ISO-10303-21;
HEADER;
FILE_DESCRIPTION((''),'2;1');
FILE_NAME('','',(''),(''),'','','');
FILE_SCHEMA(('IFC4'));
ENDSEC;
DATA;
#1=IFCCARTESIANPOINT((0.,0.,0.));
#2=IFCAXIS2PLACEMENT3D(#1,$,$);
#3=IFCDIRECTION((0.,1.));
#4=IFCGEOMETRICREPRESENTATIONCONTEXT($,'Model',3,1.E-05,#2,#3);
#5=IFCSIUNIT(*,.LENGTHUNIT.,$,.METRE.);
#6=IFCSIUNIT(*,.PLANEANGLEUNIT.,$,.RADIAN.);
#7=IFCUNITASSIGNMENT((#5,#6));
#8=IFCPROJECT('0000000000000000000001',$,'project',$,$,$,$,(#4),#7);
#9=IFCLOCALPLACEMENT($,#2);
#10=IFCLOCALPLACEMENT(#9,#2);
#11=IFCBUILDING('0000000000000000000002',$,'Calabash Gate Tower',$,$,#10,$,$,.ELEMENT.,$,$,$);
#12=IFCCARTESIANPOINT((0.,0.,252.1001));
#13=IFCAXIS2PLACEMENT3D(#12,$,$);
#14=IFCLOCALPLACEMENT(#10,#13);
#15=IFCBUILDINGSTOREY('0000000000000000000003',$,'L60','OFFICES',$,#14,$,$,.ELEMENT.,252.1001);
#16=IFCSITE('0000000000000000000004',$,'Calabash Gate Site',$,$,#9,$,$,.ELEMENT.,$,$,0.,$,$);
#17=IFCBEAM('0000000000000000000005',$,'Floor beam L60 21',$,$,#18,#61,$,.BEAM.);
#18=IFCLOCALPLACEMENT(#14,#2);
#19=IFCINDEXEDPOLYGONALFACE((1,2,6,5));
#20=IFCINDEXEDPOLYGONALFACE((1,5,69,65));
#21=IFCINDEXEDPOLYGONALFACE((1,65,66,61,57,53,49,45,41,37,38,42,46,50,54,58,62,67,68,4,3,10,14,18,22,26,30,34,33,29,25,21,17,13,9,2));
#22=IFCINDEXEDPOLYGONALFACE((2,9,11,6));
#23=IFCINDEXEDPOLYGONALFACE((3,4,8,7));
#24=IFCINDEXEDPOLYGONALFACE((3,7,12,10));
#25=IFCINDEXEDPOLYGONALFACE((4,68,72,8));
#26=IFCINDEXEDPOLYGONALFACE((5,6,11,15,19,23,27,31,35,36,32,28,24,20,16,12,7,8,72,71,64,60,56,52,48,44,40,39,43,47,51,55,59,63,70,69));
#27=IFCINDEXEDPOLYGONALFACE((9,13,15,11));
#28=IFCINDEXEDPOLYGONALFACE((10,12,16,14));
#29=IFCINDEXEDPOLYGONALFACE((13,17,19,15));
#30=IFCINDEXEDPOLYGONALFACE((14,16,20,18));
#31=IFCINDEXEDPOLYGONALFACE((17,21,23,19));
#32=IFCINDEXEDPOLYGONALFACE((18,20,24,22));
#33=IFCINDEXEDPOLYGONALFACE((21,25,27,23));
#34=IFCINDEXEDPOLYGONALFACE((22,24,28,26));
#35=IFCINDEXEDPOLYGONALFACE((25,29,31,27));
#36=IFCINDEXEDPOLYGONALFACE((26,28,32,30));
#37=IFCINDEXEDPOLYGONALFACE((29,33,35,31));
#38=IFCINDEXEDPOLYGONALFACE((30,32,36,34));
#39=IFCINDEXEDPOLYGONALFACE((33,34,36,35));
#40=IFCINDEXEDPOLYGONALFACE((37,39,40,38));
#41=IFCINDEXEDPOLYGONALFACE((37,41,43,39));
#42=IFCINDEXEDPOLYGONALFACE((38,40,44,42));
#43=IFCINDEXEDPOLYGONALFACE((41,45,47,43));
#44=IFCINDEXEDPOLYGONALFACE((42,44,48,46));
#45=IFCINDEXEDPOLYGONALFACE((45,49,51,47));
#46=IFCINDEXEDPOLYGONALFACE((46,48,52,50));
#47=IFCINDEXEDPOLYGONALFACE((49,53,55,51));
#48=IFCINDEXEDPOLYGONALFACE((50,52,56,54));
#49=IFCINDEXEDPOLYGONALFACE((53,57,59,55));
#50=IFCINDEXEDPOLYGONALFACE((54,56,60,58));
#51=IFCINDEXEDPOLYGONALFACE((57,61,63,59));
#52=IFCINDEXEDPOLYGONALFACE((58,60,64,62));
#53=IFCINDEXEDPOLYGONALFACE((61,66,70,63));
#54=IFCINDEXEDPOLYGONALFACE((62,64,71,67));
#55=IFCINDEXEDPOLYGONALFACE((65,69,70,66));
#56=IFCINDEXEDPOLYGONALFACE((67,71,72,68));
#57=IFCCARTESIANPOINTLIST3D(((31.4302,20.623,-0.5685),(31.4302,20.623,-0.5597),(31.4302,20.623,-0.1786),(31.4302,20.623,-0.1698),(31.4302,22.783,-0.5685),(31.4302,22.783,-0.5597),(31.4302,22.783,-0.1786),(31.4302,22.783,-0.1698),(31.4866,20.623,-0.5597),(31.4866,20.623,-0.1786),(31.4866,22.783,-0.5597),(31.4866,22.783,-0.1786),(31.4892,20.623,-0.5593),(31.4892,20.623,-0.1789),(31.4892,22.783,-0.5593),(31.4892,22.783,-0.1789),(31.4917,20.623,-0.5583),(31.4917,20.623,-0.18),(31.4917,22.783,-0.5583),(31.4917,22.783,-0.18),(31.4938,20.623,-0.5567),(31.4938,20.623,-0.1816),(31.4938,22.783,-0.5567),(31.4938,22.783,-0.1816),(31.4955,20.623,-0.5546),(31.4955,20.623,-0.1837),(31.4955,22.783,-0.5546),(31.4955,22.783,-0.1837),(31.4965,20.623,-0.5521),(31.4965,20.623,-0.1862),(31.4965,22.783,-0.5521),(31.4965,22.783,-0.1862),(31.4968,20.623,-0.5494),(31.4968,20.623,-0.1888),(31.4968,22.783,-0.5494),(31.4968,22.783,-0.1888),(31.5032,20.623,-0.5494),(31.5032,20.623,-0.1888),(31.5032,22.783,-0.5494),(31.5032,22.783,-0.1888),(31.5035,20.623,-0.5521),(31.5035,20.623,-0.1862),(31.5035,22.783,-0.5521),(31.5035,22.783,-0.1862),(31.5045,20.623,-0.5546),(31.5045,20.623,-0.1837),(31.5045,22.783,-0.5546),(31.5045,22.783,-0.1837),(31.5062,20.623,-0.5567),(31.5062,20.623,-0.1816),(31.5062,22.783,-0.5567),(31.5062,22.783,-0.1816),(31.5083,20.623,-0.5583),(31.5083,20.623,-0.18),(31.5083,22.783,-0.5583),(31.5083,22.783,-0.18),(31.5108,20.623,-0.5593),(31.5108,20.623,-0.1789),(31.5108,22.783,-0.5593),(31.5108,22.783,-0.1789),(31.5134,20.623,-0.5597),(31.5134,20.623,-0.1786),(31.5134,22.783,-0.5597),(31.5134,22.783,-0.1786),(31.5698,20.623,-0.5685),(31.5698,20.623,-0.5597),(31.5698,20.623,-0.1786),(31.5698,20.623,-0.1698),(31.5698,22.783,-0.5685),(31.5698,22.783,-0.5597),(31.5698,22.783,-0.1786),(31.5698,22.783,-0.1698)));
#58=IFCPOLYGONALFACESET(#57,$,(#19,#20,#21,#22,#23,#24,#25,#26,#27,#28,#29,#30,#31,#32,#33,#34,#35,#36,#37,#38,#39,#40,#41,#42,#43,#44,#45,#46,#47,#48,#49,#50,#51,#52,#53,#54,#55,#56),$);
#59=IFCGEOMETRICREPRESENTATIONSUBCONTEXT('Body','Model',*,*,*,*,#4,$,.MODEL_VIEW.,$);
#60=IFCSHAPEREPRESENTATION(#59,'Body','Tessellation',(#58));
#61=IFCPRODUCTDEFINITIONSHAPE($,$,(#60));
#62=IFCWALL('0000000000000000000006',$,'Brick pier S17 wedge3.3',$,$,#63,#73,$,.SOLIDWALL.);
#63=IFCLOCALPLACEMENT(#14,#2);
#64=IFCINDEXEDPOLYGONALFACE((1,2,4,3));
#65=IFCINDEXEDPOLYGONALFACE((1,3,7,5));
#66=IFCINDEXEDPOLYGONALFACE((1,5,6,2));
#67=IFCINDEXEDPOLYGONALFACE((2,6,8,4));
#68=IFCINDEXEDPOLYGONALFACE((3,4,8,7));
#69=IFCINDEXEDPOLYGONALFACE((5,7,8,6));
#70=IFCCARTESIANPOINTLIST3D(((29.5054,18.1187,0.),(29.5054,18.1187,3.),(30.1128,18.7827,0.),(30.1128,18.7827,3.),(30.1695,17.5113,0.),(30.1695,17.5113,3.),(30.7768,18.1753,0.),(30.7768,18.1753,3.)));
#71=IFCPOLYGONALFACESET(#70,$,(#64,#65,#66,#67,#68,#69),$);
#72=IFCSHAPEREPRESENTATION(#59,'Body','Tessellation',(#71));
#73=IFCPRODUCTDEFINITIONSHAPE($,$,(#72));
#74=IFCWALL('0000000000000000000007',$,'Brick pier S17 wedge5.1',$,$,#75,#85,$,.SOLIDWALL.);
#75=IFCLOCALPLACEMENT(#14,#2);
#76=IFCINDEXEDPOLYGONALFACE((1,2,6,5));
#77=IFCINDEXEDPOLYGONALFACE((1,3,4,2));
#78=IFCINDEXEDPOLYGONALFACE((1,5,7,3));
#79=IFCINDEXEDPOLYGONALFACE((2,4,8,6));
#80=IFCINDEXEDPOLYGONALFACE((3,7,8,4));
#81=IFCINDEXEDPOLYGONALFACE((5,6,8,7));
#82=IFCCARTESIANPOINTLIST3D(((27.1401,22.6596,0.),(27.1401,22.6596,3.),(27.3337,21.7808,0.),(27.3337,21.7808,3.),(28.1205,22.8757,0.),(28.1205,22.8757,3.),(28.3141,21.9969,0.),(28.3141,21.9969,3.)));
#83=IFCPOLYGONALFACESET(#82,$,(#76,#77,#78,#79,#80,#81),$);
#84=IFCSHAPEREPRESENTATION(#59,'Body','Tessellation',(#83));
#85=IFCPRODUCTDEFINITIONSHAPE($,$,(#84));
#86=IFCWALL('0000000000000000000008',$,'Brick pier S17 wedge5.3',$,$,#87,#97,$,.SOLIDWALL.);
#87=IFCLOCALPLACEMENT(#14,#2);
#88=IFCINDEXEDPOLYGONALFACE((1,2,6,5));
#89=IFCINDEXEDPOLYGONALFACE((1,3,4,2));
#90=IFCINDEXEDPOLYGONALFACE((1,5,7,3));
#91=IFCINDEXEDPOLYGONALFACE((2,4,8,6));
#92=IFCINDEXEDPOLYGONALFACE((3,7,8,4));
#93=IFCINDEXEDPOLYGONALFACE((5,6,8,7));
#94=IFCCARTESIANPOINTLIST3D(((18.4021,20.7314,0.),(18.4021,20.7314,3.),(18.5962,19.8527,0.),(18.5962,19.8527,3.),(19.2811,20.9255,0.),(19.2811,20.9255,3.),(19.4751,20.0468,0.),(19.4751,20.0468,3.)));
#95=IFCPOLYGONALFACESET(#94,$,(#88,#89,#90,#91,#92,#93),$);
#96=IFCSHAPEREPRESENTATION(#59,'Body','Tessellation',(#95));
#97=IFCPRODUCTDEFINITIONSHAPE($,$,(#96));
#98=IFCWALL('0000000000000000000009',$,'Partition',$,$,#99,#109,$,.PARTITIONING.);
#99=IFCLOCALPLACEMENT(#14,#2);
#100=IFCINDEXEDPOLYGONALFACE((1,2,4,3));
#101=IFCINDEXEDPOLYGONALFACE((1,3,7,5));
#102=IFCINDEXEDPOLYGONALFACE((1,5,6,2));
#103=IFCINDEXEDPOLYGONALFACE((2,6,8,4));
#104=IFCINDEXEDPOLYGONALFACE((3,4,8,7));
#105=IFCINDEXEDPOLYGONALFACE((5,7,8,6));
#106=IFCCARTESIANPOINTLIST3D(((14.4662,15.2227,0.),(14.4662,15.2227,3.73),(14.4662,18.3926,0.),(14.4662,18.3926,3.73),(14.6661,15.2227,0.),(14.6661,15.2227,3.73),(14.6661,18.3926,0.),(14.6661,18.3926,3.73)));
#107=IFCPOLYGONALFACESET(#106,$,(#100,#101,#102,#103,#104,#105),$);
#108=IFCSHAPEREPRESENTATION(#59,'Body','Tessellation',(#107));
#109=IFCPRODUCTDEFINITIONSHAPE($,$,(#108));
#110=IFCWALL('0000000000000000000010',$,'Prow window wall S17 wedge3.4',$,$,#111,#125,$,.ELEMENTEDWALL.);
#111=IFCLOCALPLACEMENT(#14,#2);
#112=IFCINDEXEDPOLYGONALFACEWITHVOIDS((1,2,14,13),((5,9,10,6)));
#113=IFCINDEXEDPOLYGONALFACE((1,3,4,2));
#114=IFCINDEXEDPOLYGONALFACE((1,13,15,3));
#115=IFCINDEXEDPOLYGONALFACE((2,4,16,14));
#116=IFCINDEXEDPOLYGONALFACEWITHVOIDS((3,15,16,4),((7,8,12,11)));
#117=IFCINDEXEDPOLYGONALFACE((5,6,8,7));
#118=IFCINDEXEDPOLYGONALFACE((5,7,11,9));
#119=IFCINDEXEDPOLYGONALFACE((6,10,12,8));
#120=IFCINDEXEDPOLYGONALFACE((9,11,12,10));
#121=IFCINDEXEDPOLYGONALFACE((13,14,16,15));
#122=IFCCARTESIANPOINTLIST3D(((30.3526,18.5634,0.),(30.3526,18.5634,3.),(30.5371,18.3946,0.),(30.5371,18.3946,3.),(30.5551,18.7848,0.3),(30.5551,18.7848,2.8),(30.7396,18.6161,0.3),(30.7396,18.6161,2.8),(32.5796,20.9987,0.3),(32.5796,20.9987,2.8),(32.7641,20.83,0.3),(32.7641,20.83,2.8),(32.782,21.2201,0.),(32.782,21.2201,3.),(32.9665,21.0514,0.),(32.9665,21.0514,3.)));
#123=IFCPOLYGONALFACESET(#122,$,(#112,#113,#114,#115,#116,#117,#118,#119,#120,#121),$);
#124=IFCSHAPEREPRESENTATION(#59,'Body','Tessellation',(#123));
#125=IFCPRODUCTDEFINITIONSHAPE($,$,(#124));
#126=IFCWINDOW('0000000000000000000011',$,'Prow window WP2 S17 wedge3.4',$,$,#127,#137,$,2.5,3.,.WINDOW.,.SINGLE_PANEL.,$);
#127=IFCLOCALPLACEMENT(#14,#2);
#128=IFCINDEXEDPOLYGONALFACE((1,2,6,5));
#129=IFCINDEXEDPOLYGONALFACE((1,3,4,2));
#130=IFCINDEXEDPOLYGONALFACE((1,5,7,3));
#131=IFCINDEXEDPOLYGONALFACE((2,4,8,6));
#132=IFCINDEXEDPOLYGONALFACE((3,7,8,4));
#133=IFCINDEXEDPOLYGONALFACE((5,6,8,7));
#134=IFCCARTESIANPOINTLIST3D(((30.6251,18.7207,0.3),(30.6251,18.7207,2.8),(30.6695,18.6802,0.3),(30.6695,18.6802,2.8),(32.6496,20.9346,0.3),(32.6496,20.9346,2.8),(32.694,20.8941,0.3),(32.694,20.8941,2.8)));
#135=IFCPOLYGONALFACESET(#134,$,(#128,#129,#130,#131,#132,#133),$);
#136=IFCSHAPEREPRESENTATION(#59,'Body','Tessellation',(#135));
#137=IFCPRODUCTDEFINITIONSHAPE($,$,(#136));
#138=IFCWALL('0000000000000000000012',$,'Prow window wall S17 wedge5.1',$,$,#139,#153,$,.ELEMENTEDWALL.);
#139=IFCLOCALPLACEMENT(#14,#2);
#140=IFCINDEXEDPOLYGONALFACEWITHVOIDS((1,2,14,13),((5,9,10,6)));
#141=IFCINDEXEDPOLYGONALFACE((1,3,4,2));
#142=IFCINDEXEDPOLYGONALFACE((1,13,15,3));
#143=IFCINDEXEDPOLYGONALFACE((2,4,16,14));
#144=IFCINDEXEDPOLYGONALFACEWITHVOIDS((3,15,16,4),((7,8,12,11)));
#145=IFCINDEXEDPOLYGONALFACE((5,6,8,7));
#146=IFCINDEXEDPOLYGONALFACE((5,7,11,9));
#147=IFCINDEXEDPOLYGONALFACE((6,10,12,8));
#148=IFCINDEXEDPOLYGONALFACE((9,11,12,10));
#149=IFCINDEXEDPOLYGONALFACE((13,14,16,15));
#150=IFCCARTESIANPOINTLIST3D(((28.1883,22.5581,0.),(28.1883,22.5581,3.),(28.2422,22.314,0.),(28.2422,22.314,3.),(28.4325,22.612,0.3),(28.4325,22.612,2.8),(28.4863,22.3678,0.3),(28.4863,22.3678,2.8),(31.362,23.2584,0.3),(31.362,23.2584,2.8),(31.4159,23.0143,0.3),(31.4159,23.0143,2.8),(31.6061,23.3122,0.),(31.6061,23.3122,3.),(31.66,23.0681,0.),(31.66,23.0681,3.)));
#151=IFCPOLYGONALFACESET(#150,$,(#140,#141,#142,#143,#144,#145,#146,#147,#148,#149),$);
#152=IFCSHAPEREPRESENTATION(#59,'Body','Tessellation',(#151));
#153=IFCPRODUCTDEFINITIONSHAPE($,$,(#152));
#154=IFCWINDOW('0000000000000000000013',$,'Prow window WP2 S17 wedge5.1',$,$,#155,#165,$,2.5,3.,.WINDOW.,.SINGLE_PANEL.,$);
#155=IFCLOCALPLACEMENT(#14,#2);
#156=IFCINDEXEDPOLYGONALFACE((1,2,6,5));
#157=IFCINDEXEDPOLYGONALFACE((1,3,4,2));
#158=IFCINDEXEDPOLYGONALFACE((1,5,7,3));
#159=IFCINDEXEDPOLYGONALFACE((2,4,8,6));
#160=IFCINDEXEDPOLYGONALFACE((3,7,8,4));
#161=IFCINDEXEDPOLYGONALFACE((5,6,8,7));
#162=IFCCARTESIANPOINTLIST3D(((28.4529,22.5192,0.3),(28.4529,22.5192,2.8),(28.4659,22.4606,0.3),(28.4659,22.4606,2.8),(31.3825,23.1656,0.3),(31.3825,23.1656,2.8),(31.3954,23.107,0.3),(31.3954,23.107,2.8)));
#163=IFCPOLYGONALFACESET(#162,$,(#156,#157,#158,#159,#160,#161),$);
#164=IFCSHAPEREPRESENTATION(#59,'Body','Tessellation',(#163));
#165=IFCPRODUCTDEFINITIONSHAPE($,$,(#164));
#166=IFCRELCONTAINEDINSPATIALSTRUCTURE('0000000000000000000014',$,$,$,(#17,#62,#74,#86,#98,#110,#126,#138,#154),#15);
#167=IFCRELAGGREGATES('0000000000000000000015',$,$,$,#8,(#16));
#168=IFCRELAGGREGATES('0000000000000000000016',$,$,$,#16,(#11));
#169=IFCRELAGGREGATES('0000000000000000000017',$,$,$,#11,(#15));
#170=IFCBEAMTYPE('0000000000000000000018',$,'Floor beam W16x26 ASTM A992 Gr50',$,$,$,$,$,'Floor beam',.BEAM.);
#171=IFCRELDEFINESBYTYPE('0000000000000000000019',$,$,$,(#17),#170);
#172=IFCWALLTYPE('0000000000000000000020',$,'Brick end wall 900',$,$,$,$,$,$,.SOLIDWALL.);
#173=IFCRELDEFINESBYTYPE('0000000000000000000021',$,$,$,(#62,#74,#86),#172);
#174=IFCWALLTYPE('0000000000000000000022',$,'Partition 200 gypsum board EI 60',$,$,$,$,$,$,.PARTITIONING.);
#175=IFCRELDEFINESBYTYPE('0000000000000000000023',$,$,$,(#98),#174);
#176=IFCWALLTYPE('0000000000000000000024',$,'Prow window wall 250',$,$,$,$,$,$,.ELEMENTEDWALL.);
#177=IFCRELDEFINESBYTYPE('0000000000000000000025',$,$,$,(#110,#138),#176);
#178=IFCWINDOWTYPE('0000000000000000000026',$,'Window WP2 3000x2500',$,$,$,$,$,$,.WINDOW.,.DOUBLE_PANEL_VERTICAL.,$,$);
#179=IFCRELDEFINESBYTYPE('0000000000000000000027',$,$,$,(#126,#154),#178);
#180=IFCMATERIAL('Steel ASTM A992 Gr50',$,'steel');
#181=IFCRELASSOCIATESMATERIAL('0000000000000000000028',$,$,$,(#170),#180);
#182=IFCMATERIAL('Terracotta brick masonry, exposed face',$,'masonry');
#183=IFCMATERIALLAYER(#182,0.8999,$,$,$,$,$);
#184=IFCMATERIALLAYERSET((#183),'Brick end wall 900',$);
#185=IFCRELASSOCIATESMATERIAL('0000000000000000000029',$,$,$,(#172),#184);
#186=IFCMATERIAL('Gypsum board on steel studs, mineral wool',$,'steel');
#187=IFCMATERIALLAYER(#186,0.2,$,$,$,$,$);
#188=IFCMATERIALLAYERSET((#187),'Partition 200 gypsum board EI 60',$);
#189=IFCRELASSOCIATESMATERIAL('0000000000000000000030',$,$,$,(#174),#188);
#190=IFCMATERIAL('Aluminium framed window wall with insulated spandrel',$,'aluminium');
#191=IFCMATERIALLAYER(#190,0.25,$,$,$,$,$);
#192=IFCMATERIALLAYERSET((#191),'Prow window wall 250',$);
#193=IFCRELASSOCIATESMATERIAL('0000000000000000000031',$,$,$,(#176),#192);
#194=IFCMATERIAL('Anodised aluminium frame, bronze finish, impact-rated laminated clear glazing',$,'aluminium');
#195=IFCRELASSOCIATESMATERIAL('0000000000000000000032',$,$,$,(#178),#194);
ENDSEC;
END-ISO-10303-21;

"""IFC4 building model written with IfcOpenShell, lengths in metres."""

from ifc_helpers import new_model, si_unit, direction, frame, frame_2d, origin, origin_2d, place, context, subcontext, project, spatial, rectangle, i_section, extrude, material, layer, layer_set, material_profile, profile_set, type_object, element, fill, save


model = new_model("IFC4")

# Units and contexts
model_context = context("Model", 3, precision=1e-05, world=origin(), true_north=direction((0.0, 1.0)))
body_context = subcontext(model_context, "Body", "Model", "MODEL_VIEW")
ifc_project = project(units=[si_unit("LENGTHUNIT", "METRE"), si_unit("PLANEANGLEUNIT", "RADIAN")], contexts=[model_context])

# Site, building, storey
site_placement = place(None, origin())
site = spatial("IfcSite", under=ifc_project, at=site_placement, Name="Calabash Gate Site", CompositionType="ELEMENT", RefElevation=0.0)
building_placement = place(site_placement, origin())
building = spatial("IfcBuilding", under=site, at=building_placement, Name="Calabash Gate Tower", CompositionType="ELEMENT")
storey_placement = place(building_placement, frame((0.0, 0.0, 252.1001)))
storey = spatial("IfcBuildingStorey", under=building, at=storey_placement, Name="L60", Description="OFFICES", CompositionType="ELEMENT", Elevation=252.1001)

# Beam
ifc_material_1 = material(Name="Steel ASTM A992 Gr50", Category="steel")
ifc_material_profile_1 = material_profile(ifc_material_1, i_section(OverallWidth=0.1396, OverallDepth=0.3987, WebThickness=0.0063, FlangeThickness=0.0088, FilletRadius=0.0103, at=origin_2d()))
ifc_profile_set_1 = profile_set([ifc_material_profile_1], Name="Steel ASTM A992 Gr50")
beam_type_1 = type_object("IfcBeamType", Name="Floor beam W16x26 ASTM A992 Gr50", ElementType="Floor beam", PredefinedType="BEAM", material=ifc_profile_set_1)
beam_1_placement = place(storey_placement, frame((31.5, 20.623, -0.3691), z_axis=(0.0, 1.0, 0.0), x_axis=(-1.0, 0.0, 0.0)))
element("IfcBeam", 1, at=beam_1_placement, inside=storey, type_object=beam_type_1, Name="Floor beam L60 21", PredefinedType="BEAM", context=body_context, shape_type="SweptSolid", body=[
    extrude(i_section(OverallWidth=0.1396, OverallDepth=0.3987, WebThickness=0.0063, FlangeThickness=0.0088, FilletRadius=0.0103, at=origin_2d()), origin(), (0.0, 0.0, 1.0), 2.1599),
])

# Walls
ifc_material_2 = material(Name="Terracotta brick masonry, exposed face", Category="masonry")
ifc_layer_1 = layer(ifc_material_2, 0.8999)
ifc_layer_set_1 = layer_set([ifc_layer_1], Name="Brick end wall 900")
wall_type_1 = type_object("IfcWallType", Name="Brick end wall 900", PredefinedType="SOLIDWALL", material=ifc_layer_set_1)
wall_1_placement = place(storey_placement, frame((30.4448, 18.479, 0.0), z_axis=(0.0, 0.0, 1.0), x_axis=(-0.674938, -0.737874, 0.0)))
element("IfcWall", 2, at=wall_1_placement, inside=storey, type_object=wall_type_1, Name="Brick pier S17 wedge3.3", PredefinedType="SOLIDWALL", context=body_context, shape_type="SweptSolid", body=[
    extrude(rectangle(XDim=0.8999, YDim=0.8999, at=frame_2d((0.45, 0.0))), origin(), (0.0, 0.0, 1.0), 3.0),
])
wall_2_placement = place(storey_placement, frame((28.2173, 22.4363, 0.0), z_axis=(0.0, 0.0, 1.0), x_axis=(-0.976569, -0.215205, 0.0)))
element("IfcWall", 3, at=wall_2_placement, inside=storey, type_object=wall_type_1, Name="Brick pier S17 wedge5.1", PredefinedType="SOLIDWALL", context=body_context, shape_type="SweptSolid", body=[
    extrude(rectangle(XDim=1.0039, YDim=0.8999, at=frame_2d((0.502, 0.0))), origin(), (0.0, 0.0, 1.0), 3.0),
])
wall_3_placement = place(storey_placement, frame((18.499, 20.292, 0.0), z_axis=(0.0, 0.0, 1.0), x_axis=(0.976473, 0.215638, 0.0)))
element("IfcWall", 4, at=wall_3_placement, inside=storey, type_object=wall_type_1, Name="Brick pier S17 wedge5.3", PredefinedType="SOLIDWALL", context=body_context, shape_type="SweptSolid", body=[
    extrude(rectangle(XDim=0.9001, YDim=0.8999, at=frame_2d((0.4502, 0.0))), origin(), (0.0, 0.0, 1.0), 3.0),
])
ifc_material_3 = material(Name="Gypsum board on steel studs, mineral wool", Category="steel")
ifc_layer_2 = layer(ifc_material_3, 0.2)
ifc_layer_set_2 = layer_set([ifc_layer_2], Name="Partition 200 gypsum board EI 60")
wall_type_2 = type_object("IfcWallType", Name="Partition 200 gypsum board EI 60", PredefinedType="PARTITIONING", material=ifc_layer_set_2)
wall_4_placement = place(storey_placement, frame((14.5662, 18.3926, 0.0), z_axis=(0.0, 0.0, 1.0), x_axis=(0.0, -1.0, 0.0)))
element("IfcWall", 5, at=wall_4_placement, inside=storey, type_object=wall_type_2, Name="Partition", PredefinedType="PARTITIONING", context=body_context, shape_type="SweptSolid", body=[
    extrude(rectangle(XDim=3.1699, YDim=0.2, at=frame_2d((1.585, 0.0))), origin(), (0.0, 0.0, 1.0), 3.73),
])

# Walls, openings, windows
ifc_material_4 = material(Name="Aluminium framed window wall with insulated spandrel", Category="aluminium")
ifc_layer_3 = layer(ifc_material_4, 0.25)
ifc_layer_set_3 = layer_set([ifc_layer_3], Name="Prow window wall 250")
wall_type_3 = type_object("IfcWallType", Name="Prow window wall 250", PredefinedType="ELEMENTEDWALL", material=ifc_layer_set_3)
wall_5_placement = place(storey_placement, frame((30.4448, 18.479, 0.0), z_axis=(0.0, 0.0, 1.0), x_axis=(0.674834, 0.73797, 0.0)))
wall_5 = element("IfcWall", 6, at=wall_5_placement, inside=storey, type_object=wall_type_3, Name="Prow window wall S17 wedge3.4", PredefinedType="ELEMENTEDWALL", context=body_context, shape_type="SweptSolid", body=[
    extrude(rectangle(XDim=3.6001, YDim=0.25, at=frame_2d((1.8, 0.0))), origin(), (0.0, 0.0, 1.0), 3.0),
])
opening_1_placement = place(wall_5_placement, frame((0.3, 0.0, 0.3)))
opening_1 = element("IfcOpeningElement", 7, at=opening_1_placement, cuts=wall_5, PredefinedType="OPENING", context=body_context, shape_type="SweptSolid", body=[
    extrude(rectangle(XDim=3.0, YDim=2.5, at=frame_2d((1.5, 1.25))), frame((0.0, 0.135, 0.0), z_axis=(0.0, -1.0, 0.0), x_axis=(1.0, 0.0, 0.0)), (0.0, 0.0, 1.0), 0.27),
])
ifc_material_5 = material(Name="Anodised aluminium frame, bronze finish, impact-rated laminated clear glazing", Category="aluminium")
window_type = type_object("IfcWindowType", Name="Window WP2 3000x2500", PartitioningType="DOUBLE_PANEL_VERTICAL", PredefinedType="WINDOW", material=ifc_material_5)
window_1_placement = place(opening_1_placement, origin())
window_1 = element("IfcWindow", 8, at=window_1_placement, inside=storey, type_object=window_type, Name="Prow window WP2 S17 wedge3.4", OverallHeight=2.5, OverallWidth=3.0, PartitioningType="SINGLE_PANEL", PredefinedType="WINDOW", context=body_context, shape_type="SweptSolid", body=[
    extrude(rectangle(XDim=3.0, YDim=2.5, at=frame_2d((1.5, 1.25))), frame((0.0, 0.03, 0.0), z_axis=(0.0, -1.0, 0.0), x_axis=(1.0, 0.0, 0.0)), (0.0, 0.0, 1.0), 0.0601),
])
fill(opening_1, window_1)
wall_6_placement = place(storey_placement, frame((31.6331, 23.1902, 0.0), z_axis=(0.0, 0.0, 1.0), x_axis=(-0.976509, -0.215475, 0.0)))
wall_6 = element("IfcWall", 9, at=wall_6_placement, inside=storey, type_object=wall_type_3, Name="Prow window wall S17 wedge5.1", PredefinedType="ELEMENTEDWALL", context=body_context, shape_type="SweptSolid", body=[
    extrude(rectangle(XDim=3.5, YDim=0.25, at=frame_2d((1.75, 0.0))), origin(), (0.0, 0.0, 1.0), 3.0),
])
opening_2_placement = place(wall_6_placement, frame((0.25, 0.0, 0.3)))
opening_2 = element("IfcOpeningElement", 10, at=opening_2_placement, cuts=wall_6, PredefinedType="OPENING", context=body_context, shape_type="SweptSolid", body=[
    extrude(rectangle(XDim=3.0, YDim=2.5, at=frame_2d((1.5, 1.25))), frame((0.0, 0.135, 0.0), z_axis=(0.0, -1.0, 0.0), x_axis=(1.0, 0.0, 0.0)), (0.0, 0.0, 1.0), 0.27),
])
window_2_placement = place(opening_2_placement, origin())
window_2 = element("IfcWindow", 11, at=window_2_placement, inside=storey, type_object=window_type, Name="Prow window WP2 S17 wedge5.1", OverallHeight=2.5, OverallWidth=3.0, PartitioningType="SINGLE_PANEL", PredefinedType="WINDOW", context=body_context, shape_type="SweptSolid", body=[
    extrude(rectangle(XDim=3.0, YDim=2.5, at=frame_2d((1.5, 1.25))), frame((0.0, 0.03, 0.0), z_axis=(0.0, -1.0, 0.0), x_axis=(1.0, 0.0, 0.0)), (0.0, 0.0, 1.0), 0.0601),
])
fill(opening_2, window_2)

save(model, "model.ifc")
